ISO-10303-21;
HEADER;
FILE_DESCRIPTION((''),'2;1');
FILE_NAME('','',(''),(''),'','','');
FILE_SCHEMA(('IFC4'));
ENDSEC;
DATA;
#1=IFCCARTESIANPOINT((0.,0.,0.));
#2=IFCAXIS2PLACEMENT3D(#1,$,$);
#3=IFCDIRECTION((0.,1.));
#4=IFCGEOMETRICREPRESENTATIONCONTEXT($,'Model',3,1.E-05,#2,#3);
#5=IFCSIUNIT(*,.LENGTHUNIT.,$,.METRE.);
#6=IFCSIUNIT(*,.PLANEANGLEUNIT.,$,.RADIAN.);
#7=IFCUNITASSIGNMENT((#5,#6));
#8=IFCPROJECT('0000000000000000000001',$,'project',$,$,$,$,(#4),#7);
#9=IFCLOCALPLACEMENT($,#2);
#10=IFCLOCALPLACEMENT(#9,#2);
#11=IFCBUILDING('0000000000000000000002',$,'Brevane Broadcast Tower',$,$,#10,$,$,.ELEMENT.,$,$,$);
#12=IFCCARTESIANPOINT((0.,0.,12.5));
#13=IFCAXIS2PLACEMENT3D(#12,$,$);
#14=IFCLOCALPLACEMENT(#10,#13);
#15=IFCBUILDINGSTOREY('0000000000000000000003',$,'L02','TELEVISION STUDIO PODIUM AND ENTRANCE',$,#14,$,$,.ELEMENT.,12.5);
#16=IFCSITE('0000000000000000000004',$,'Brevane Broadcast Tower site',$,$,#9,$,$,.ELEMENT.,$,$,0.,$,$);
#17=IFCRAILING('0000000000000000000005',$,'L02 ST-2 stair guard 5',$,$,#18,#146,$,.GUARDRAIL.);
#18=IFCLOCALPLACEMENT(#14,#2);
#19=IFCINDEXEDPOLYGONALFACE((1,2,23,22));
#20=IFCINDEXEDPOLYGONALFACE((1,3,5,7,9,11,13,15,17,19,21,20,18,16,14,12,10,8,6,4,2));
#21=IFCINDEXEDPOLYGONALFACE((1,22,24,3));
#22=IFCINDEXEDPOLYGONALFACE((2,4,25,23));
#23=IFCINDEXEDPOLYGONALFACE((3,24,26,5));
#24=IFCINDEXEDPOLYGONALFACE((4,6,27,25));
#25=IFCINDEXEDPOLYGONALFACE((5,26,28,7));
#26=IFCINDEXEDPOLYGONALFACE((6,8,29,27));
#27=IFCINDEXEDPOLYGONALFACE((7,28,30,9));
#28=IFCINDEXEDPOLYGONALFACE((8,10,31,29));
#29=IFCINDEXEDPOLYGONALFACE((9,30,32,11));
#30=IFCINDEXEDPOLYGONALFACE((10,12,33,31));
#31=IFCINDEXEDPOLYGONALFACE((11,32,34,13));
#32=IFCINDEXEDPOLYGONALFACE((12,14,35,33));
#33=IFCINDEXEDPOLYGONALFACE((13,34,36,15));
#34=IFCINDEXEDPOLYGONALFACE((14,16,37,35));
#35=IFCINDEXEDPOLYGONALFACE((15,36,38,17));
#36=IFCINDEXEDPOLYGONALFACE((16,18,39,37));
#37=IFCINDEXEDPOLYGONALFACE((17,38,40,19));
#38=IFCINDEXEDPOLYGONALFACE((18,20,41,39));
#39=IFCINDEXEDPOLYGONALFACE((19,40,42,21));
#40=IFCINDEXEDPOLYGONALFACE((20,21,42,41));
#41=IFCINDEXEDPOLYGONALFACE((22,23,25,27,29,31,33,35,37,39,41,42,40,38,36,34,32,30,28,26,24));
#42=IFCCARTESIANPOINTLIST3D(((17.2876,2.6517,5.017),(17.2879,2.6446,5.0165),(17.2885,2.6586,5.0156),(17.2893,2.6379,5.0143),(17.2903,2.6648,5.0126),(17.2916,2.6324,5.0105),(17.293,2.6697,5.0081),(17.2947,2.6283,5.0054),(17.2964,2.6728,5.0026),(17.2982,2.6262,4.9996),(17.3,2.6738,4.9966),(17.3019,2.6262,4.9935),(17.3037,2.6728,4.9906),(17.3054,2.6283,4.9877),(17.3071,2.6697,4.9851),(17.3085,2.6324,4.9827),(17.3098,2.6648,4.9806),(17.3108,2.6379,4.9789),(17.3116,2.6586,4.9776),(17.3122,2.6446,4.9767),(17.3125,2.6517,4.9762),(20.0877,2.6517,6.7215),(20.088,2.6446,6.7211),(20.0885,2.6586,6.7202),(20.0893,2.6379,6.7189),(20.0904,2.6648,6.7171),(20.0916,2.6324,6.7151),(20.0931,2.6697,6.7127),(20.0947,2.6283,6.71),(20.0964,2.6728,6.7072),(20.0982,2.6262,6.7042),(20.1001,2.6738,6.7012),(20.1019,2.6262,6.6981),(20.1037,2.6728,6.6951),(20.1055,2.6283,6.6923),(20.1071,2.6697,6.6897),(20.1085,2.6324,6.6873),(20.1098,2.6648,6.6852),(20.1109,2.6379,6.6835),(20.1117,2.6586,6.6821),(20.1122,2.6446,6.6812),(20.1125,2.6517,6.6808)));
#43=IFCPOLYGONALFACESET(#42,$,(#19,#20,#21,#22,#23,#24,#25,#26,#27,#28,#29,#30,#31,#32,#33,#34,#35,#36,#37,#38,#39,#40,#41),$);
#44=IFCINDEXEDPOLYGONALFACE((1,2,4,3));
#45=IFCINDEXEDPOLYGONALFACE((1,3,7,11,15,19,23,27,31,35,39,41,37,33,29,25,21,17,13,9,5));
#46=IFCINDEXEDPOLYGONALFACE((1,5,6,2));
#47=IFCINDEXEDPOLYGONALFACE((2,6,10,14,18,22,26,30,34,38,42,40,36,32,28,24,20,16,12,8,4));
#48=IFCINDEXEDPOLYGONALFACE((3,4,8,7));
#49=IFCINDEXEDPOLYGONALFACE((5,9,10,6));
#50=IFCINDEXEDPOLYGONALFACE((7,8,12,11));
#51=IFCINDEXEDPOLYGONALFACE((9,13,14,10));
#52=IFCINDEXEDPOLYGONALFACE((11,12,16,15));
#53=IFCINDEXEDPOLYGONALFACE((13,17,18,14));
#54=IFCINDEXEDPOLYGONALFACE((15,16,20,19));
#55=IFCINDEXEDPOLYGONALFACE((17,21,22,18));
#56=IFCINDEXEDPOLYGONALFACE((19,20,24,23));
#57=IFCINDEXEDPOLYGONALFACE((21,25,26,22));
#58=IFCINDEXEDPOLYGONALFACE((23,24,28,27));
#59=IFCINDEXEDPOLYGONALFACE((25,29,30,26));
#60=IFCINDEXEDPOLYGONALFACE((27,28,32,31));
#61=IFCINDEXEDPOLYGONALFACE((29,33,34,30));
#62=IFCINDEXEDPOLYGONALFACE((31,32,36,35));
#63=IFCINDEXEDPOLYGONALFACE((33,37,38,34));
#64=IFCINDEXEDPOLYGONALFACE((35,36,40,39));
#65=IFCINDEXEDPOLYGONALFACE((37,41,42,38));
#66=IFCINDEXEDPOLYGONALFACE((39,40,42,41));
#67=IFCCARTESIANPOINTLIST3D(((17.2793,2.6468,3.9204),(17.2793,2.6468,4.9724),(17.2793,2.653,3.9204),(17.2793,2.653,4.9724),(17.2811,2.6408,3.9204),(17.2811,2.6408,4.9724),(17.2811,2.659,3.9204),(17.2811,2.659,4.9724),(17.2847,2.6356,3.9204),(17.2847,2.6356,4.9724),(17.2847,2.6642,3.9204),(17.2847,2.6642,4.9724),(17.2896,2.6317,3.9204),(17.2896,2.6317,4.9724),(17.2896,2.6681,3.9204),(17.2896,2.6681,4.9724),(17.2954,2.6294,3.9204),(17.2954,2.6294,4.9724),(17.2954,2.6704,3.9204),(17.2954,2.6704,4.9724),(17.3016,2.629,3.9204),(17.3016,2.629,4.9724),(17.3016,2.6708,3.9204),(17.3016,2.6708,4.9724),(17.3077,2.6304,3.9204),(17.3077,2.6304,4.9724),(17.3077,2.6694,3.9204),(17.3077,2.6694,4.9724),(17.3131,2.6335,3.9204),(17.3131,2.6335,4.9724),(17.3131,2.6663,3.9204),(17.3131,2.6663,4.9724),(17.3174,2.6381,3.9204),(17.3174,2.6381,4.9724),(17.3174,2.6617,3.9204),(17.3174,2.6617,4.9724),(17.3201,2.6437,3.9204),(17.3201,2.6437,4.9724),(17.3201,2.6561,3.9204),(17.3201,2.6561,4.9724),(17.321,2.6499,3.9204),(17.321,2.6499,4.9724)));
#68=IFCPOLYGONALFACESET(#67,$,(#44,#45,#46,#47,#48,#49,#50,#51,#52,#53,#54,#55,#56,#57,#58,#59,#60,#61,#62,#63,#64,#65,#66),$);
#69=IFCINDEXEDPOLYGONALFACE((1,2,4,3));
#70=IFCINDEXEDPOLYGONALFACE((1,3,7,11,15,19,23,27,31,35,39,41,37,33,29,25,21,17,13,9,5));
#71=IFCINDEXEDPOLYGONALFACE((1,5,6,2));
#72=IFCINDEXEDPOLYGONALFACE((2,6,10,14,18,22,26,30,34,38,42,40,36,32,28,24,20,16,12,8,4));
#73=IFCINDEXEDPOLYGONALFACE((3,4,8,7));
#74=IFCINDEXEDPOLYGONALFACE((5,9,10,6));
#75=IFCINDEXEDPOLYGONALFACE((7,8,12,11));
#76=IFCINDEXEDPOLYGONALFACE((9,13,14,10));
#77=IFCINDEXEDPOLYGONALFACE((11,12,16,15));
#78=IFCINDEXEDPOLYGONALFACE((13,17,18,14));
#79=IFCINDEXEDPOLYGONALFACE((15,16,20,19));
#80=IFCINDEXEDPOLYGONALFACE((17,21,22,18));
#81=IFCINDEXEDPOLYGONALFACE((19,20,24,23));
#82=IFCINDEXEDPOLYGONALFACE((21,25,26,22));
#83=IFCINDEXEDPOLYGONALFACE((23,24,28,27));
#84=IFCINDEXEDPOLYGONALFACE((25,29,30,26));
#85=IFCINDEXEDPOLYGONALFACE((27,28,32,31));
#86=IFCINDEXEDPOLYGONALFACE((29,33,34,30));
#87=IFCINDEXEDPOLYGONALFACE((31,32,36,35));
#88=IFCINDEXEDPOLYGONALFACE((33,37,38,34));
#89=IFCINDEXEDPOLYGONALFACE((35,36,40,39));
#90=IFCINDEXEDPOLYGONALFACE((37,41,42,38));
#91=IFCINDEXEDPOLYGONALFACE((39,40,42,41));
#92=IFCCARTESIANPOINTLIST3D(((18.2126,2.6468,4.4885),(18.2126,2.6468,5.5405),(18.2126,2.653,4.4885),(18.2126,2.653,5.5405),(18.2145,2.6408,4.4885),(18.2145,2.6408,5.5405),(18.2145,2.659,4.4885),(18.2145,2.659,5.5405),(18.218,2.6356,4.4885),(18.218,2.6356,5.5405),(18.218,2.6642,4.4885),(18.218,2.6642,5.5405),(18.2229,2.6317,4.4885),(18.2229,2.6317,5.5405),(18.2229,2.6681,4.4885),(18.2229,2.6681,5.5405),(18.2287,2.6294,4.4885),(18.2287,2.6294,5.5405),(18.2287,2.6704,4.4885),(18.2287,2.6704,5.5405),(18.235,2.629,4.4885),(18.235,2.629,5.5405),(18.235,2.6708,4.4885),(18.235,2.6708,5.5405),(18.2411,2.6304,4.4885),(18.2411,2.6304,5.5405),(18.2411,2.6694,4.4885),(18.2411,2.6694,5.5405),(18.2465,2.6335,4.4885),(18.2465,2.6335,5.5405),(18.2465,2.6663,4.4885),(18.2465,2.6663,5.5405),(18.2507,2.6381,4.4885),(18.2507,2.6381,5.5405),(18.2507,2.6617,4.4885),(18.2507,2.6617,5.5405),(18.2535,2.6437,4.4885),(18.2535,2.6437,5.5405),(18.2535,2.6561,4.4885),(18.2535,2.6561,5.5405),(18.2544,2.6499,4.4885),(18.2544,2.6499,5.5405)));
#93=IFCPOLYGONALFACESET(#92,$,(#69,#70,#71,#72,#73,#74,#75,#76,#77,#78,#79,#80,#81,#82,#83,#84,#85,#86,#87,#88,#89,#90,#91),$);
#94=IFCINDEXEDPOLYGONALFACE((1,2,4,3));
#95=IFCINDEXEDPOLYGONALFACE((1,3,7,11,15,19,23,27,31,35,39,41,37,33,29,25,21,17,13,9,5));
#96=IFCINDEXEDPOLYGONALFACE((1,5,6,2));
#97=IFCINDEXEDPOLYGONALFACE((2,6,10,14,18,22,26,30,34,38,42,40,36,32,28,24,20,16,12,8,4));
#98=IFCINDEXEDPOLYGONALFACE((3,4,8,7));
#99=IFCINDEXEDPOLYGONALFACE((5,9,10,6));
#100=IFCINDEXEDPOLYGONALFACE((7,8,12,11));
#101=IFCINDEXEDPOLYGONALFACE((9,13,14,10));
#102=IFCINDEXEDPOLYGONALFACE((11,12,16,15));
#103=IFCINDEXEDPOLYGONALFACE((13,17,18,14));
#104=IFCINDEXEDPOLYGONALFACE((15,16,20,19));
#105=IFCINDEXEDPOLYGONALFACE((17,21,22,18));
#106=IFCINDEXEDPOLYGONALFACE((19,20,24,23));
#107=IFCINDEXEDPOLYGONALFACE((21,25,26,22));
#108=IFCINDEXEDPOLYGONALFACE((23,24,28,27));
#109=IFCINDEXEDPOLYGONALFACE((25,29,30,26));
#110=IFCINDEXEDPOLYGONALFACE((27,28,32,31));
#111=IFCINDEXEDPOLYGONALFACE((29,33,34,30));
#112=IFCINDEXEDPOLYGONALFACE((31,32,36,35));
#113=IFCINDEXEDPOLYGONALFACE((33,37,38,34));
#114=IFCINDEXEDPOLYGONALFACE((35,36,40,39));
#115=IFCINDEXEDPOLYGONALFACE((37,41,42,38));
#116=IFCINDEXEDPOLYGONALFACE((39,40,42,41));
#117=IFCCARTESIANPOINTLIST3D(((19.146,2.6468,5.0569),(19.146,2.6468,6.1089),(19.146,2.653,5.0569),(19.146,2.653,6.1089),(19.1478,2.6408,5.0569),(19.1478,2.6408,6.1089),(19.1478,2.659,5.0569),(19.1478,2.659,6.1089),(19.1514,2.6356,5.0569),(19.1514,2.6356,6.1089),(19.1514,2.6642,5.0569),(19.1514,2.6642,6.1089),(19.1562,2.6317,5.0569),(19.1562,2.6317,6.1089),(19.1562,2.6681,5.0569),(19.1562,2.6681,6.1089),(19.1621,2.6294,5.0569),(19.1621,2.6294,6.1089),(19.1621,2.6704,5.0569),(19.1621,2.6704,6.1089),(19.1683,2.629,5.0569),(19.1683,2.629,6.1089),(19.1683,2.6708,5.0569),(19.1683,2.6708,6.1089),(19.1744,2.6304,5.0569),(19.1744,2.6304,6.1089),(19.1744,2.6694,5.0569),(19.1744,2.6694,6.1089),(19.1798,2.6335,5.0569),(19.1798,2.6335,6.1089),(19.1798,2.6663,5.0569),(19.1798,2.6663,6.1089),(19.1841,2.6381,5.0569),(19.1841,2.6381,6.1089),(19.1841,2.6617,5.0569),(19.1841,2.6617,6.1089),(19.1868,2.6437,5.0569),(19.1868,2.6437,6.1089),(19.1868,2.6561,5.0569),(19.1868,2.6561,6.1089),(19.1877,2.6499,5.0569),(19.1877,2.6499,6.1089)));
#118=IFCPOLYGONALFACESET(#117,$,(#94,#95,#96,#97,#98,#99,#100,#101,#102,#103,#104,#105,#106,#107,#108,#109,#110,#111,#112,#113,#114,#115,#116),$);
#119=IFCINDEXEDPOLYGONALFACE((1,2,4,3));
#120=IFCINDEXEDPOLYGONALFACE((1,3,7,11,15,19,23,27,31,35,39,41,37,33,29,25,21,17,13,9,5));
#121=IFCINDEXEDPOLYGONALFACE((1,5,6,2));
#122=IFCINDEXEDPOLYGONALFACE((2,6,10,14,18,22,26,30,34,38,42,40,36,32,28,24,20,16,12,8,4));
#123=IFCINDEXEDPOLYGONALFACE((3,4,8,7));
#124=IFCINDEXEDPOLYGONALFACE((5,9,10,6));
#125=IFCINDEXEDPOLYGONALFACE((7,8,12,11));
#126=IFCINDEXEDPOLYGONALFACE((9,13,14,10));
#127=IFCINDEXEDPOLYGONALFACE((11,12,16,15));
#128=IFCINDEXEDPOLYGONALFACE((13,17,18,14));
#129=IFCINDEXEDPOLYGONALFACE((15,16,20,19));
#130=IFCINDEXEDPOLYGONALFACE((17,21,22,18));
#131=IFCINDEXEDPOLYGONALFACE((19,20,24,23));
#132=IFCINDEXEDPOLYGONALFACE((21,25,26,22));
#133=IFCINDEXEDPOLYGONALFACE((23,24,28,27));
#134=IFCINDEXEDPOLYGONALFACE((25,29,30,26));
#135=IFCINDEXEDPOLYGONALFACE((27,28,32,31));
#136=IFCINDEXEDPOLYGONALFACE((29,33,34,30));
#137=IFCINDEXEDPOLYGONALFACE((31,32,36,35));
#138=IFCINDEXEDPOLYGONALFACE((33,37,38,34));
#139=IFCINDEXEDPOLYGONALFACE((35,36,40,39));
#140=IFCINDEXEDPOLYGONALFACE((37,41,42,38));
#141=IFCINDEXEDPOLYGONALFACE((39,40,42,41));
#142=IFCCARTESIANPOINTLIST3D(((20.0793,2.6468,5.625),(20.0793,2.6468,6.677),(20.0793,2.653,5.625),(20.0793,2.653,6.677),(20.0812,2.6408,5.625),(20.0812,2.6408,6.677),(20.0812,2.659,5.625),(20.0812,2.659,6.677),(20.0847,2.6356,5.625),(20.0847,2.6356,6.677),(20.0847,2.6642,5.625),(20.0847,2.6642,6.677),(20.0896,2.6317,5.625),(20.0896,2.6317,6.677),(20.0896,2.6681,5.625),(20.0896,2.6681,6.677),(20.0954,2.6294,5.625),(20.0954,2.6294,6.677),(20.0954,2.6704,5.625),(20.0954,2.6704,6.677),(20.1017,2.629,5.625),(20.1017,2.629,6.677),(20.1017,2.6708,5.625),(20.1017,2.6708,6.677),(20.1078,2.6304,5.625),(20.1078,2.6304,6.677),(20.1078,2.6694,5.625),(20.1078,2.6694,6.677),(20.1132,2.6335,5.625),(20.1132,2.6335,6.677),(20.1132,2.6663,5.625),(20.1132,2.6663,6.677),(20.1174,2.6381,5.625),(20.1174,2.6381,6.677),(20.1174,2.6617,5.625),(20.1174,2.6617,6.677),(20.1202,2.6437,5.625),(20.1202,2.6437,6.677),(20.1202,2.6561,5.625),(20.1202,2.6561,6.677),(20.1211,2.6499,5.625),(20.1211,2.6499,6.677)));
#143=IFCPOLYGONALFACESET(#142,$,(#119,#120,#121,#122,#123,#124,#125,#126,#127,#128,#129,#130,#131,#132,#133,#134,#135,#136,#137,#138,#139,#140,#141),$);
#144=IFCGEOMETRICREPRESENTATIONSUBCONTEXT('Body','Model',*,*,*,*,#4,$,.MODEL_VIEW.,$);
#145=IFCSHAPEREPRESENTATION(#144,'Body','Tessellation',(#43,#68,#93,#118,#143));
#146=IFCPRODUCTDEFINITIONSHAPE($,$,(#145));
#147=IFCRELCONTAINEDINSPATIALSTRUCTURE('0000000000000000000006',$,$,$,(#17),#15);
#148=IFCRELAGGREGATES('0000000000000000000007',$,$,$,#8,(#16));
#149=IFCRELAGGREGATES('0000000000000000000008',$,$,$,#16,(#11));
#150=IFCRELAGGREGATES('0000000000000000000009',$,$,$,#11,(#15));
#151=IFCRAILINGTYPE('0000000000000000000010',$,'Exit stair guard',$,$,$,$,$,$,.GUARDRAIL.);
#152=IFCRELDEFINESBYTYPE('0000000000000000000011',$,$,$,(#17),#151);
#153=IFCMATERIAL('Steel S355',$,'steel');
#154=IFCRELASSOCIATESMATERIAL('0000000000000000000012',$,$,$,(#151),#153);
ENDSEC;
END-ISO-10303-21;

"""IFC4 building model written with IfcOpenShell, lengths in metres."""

from ifc_helpers import new_model, si_unit, direction, frame, origin, origin_2d, place, context, subcontext, project, spatial, circle, extrude, material, type_object, element, save


model = new_model("IFC4")

# Units and contexts
model_context = context("Model", 3, precision=1e-05, world=origin(), true_north=direction((0.0, 1.0)))
body_context = subcontext(model_context, "Body", "Model", "MODEL_VIEW")
ifc_project = project(units=[si_unit("LENGTHUNIT", "METRE"), si_unit("PLANEANGLEUNIT", "RADIAN")], contexts=[model_context])

# Site, building, storey
site_placement = place(None, origin())
site = spatial("IfcSite", under=ifc_project, at=site_placement, Name="Brevane Broadcast Tower site", CompositionType="ELEMENT", RefElevation=0.0)
building_placement = place(site_placement, origin())
building = spatial("IfcBuilding", under=site, at=building_placement, Name="Brevane Broadcast Tower", CompositionType="ELEMENT")
storey_placement = place(building_placement, frame((0.0, 0.0, 12.5)))
storey = spatial("IfcBuildingStorey", under=building, at=storey_placement, Name="L02", Description="TELEVISION STUDIO PODIUM AND ENTRANCE", CompositionType="ELEMENT", Elevation=12.5)

# Railing
ifc_material_1 = material(Name="Steel S355", Category="steel")
railing_type_1 = type_object("IfcRailingType", Name="Exit stair guard", PredefinedType="GUARDRAIL", material=ifc_material_1)
railing_1_placement = place(storey_placement, frame((17.3, 2.6499, 3.9204)))
element("IfcRailing", 1, at=railing_1_placement, inside=storey, type_object=railing_type_1, Name="L02 ST-2 stair guard 5", PredefinedType="GUARDRAIL", context=body_context, shape_type="SweptSolid", body=[
    extrude(circle(Radius=0.0239, at=origin_2d()), frame((0.0, 0.0, 1.0762), z_axis=(0.85417, 0.0, 0.519994), x_axis=(0.0, 1.0, 0.0)), (0.0, 0.0, 1.0), 3.2781),
    extrude(circle(Radius=0.021, at=origin_2d()), origin(), (0.0, 0.0, 1.0), 1.052),
    extrude(circle(Radius=0.021, at=origin_2d()), frame((0.9333, 0.0, 0.5681)), (0.0, 0.0, 1.0), 1.052),
    extrude(circle(Radius=0.021, at=origin_2d()), frame((1.8667, 0.0, 1.1365)), (0.0, 0.0, 1.0), 1.052),
    extrude(circle(Radius=0.021, at=origin_2d()), frame((2.8, 0.0, 1.7046)), (0.0, 0.0, 1.0), 1.052),
])

save(model, "model.ifc")
